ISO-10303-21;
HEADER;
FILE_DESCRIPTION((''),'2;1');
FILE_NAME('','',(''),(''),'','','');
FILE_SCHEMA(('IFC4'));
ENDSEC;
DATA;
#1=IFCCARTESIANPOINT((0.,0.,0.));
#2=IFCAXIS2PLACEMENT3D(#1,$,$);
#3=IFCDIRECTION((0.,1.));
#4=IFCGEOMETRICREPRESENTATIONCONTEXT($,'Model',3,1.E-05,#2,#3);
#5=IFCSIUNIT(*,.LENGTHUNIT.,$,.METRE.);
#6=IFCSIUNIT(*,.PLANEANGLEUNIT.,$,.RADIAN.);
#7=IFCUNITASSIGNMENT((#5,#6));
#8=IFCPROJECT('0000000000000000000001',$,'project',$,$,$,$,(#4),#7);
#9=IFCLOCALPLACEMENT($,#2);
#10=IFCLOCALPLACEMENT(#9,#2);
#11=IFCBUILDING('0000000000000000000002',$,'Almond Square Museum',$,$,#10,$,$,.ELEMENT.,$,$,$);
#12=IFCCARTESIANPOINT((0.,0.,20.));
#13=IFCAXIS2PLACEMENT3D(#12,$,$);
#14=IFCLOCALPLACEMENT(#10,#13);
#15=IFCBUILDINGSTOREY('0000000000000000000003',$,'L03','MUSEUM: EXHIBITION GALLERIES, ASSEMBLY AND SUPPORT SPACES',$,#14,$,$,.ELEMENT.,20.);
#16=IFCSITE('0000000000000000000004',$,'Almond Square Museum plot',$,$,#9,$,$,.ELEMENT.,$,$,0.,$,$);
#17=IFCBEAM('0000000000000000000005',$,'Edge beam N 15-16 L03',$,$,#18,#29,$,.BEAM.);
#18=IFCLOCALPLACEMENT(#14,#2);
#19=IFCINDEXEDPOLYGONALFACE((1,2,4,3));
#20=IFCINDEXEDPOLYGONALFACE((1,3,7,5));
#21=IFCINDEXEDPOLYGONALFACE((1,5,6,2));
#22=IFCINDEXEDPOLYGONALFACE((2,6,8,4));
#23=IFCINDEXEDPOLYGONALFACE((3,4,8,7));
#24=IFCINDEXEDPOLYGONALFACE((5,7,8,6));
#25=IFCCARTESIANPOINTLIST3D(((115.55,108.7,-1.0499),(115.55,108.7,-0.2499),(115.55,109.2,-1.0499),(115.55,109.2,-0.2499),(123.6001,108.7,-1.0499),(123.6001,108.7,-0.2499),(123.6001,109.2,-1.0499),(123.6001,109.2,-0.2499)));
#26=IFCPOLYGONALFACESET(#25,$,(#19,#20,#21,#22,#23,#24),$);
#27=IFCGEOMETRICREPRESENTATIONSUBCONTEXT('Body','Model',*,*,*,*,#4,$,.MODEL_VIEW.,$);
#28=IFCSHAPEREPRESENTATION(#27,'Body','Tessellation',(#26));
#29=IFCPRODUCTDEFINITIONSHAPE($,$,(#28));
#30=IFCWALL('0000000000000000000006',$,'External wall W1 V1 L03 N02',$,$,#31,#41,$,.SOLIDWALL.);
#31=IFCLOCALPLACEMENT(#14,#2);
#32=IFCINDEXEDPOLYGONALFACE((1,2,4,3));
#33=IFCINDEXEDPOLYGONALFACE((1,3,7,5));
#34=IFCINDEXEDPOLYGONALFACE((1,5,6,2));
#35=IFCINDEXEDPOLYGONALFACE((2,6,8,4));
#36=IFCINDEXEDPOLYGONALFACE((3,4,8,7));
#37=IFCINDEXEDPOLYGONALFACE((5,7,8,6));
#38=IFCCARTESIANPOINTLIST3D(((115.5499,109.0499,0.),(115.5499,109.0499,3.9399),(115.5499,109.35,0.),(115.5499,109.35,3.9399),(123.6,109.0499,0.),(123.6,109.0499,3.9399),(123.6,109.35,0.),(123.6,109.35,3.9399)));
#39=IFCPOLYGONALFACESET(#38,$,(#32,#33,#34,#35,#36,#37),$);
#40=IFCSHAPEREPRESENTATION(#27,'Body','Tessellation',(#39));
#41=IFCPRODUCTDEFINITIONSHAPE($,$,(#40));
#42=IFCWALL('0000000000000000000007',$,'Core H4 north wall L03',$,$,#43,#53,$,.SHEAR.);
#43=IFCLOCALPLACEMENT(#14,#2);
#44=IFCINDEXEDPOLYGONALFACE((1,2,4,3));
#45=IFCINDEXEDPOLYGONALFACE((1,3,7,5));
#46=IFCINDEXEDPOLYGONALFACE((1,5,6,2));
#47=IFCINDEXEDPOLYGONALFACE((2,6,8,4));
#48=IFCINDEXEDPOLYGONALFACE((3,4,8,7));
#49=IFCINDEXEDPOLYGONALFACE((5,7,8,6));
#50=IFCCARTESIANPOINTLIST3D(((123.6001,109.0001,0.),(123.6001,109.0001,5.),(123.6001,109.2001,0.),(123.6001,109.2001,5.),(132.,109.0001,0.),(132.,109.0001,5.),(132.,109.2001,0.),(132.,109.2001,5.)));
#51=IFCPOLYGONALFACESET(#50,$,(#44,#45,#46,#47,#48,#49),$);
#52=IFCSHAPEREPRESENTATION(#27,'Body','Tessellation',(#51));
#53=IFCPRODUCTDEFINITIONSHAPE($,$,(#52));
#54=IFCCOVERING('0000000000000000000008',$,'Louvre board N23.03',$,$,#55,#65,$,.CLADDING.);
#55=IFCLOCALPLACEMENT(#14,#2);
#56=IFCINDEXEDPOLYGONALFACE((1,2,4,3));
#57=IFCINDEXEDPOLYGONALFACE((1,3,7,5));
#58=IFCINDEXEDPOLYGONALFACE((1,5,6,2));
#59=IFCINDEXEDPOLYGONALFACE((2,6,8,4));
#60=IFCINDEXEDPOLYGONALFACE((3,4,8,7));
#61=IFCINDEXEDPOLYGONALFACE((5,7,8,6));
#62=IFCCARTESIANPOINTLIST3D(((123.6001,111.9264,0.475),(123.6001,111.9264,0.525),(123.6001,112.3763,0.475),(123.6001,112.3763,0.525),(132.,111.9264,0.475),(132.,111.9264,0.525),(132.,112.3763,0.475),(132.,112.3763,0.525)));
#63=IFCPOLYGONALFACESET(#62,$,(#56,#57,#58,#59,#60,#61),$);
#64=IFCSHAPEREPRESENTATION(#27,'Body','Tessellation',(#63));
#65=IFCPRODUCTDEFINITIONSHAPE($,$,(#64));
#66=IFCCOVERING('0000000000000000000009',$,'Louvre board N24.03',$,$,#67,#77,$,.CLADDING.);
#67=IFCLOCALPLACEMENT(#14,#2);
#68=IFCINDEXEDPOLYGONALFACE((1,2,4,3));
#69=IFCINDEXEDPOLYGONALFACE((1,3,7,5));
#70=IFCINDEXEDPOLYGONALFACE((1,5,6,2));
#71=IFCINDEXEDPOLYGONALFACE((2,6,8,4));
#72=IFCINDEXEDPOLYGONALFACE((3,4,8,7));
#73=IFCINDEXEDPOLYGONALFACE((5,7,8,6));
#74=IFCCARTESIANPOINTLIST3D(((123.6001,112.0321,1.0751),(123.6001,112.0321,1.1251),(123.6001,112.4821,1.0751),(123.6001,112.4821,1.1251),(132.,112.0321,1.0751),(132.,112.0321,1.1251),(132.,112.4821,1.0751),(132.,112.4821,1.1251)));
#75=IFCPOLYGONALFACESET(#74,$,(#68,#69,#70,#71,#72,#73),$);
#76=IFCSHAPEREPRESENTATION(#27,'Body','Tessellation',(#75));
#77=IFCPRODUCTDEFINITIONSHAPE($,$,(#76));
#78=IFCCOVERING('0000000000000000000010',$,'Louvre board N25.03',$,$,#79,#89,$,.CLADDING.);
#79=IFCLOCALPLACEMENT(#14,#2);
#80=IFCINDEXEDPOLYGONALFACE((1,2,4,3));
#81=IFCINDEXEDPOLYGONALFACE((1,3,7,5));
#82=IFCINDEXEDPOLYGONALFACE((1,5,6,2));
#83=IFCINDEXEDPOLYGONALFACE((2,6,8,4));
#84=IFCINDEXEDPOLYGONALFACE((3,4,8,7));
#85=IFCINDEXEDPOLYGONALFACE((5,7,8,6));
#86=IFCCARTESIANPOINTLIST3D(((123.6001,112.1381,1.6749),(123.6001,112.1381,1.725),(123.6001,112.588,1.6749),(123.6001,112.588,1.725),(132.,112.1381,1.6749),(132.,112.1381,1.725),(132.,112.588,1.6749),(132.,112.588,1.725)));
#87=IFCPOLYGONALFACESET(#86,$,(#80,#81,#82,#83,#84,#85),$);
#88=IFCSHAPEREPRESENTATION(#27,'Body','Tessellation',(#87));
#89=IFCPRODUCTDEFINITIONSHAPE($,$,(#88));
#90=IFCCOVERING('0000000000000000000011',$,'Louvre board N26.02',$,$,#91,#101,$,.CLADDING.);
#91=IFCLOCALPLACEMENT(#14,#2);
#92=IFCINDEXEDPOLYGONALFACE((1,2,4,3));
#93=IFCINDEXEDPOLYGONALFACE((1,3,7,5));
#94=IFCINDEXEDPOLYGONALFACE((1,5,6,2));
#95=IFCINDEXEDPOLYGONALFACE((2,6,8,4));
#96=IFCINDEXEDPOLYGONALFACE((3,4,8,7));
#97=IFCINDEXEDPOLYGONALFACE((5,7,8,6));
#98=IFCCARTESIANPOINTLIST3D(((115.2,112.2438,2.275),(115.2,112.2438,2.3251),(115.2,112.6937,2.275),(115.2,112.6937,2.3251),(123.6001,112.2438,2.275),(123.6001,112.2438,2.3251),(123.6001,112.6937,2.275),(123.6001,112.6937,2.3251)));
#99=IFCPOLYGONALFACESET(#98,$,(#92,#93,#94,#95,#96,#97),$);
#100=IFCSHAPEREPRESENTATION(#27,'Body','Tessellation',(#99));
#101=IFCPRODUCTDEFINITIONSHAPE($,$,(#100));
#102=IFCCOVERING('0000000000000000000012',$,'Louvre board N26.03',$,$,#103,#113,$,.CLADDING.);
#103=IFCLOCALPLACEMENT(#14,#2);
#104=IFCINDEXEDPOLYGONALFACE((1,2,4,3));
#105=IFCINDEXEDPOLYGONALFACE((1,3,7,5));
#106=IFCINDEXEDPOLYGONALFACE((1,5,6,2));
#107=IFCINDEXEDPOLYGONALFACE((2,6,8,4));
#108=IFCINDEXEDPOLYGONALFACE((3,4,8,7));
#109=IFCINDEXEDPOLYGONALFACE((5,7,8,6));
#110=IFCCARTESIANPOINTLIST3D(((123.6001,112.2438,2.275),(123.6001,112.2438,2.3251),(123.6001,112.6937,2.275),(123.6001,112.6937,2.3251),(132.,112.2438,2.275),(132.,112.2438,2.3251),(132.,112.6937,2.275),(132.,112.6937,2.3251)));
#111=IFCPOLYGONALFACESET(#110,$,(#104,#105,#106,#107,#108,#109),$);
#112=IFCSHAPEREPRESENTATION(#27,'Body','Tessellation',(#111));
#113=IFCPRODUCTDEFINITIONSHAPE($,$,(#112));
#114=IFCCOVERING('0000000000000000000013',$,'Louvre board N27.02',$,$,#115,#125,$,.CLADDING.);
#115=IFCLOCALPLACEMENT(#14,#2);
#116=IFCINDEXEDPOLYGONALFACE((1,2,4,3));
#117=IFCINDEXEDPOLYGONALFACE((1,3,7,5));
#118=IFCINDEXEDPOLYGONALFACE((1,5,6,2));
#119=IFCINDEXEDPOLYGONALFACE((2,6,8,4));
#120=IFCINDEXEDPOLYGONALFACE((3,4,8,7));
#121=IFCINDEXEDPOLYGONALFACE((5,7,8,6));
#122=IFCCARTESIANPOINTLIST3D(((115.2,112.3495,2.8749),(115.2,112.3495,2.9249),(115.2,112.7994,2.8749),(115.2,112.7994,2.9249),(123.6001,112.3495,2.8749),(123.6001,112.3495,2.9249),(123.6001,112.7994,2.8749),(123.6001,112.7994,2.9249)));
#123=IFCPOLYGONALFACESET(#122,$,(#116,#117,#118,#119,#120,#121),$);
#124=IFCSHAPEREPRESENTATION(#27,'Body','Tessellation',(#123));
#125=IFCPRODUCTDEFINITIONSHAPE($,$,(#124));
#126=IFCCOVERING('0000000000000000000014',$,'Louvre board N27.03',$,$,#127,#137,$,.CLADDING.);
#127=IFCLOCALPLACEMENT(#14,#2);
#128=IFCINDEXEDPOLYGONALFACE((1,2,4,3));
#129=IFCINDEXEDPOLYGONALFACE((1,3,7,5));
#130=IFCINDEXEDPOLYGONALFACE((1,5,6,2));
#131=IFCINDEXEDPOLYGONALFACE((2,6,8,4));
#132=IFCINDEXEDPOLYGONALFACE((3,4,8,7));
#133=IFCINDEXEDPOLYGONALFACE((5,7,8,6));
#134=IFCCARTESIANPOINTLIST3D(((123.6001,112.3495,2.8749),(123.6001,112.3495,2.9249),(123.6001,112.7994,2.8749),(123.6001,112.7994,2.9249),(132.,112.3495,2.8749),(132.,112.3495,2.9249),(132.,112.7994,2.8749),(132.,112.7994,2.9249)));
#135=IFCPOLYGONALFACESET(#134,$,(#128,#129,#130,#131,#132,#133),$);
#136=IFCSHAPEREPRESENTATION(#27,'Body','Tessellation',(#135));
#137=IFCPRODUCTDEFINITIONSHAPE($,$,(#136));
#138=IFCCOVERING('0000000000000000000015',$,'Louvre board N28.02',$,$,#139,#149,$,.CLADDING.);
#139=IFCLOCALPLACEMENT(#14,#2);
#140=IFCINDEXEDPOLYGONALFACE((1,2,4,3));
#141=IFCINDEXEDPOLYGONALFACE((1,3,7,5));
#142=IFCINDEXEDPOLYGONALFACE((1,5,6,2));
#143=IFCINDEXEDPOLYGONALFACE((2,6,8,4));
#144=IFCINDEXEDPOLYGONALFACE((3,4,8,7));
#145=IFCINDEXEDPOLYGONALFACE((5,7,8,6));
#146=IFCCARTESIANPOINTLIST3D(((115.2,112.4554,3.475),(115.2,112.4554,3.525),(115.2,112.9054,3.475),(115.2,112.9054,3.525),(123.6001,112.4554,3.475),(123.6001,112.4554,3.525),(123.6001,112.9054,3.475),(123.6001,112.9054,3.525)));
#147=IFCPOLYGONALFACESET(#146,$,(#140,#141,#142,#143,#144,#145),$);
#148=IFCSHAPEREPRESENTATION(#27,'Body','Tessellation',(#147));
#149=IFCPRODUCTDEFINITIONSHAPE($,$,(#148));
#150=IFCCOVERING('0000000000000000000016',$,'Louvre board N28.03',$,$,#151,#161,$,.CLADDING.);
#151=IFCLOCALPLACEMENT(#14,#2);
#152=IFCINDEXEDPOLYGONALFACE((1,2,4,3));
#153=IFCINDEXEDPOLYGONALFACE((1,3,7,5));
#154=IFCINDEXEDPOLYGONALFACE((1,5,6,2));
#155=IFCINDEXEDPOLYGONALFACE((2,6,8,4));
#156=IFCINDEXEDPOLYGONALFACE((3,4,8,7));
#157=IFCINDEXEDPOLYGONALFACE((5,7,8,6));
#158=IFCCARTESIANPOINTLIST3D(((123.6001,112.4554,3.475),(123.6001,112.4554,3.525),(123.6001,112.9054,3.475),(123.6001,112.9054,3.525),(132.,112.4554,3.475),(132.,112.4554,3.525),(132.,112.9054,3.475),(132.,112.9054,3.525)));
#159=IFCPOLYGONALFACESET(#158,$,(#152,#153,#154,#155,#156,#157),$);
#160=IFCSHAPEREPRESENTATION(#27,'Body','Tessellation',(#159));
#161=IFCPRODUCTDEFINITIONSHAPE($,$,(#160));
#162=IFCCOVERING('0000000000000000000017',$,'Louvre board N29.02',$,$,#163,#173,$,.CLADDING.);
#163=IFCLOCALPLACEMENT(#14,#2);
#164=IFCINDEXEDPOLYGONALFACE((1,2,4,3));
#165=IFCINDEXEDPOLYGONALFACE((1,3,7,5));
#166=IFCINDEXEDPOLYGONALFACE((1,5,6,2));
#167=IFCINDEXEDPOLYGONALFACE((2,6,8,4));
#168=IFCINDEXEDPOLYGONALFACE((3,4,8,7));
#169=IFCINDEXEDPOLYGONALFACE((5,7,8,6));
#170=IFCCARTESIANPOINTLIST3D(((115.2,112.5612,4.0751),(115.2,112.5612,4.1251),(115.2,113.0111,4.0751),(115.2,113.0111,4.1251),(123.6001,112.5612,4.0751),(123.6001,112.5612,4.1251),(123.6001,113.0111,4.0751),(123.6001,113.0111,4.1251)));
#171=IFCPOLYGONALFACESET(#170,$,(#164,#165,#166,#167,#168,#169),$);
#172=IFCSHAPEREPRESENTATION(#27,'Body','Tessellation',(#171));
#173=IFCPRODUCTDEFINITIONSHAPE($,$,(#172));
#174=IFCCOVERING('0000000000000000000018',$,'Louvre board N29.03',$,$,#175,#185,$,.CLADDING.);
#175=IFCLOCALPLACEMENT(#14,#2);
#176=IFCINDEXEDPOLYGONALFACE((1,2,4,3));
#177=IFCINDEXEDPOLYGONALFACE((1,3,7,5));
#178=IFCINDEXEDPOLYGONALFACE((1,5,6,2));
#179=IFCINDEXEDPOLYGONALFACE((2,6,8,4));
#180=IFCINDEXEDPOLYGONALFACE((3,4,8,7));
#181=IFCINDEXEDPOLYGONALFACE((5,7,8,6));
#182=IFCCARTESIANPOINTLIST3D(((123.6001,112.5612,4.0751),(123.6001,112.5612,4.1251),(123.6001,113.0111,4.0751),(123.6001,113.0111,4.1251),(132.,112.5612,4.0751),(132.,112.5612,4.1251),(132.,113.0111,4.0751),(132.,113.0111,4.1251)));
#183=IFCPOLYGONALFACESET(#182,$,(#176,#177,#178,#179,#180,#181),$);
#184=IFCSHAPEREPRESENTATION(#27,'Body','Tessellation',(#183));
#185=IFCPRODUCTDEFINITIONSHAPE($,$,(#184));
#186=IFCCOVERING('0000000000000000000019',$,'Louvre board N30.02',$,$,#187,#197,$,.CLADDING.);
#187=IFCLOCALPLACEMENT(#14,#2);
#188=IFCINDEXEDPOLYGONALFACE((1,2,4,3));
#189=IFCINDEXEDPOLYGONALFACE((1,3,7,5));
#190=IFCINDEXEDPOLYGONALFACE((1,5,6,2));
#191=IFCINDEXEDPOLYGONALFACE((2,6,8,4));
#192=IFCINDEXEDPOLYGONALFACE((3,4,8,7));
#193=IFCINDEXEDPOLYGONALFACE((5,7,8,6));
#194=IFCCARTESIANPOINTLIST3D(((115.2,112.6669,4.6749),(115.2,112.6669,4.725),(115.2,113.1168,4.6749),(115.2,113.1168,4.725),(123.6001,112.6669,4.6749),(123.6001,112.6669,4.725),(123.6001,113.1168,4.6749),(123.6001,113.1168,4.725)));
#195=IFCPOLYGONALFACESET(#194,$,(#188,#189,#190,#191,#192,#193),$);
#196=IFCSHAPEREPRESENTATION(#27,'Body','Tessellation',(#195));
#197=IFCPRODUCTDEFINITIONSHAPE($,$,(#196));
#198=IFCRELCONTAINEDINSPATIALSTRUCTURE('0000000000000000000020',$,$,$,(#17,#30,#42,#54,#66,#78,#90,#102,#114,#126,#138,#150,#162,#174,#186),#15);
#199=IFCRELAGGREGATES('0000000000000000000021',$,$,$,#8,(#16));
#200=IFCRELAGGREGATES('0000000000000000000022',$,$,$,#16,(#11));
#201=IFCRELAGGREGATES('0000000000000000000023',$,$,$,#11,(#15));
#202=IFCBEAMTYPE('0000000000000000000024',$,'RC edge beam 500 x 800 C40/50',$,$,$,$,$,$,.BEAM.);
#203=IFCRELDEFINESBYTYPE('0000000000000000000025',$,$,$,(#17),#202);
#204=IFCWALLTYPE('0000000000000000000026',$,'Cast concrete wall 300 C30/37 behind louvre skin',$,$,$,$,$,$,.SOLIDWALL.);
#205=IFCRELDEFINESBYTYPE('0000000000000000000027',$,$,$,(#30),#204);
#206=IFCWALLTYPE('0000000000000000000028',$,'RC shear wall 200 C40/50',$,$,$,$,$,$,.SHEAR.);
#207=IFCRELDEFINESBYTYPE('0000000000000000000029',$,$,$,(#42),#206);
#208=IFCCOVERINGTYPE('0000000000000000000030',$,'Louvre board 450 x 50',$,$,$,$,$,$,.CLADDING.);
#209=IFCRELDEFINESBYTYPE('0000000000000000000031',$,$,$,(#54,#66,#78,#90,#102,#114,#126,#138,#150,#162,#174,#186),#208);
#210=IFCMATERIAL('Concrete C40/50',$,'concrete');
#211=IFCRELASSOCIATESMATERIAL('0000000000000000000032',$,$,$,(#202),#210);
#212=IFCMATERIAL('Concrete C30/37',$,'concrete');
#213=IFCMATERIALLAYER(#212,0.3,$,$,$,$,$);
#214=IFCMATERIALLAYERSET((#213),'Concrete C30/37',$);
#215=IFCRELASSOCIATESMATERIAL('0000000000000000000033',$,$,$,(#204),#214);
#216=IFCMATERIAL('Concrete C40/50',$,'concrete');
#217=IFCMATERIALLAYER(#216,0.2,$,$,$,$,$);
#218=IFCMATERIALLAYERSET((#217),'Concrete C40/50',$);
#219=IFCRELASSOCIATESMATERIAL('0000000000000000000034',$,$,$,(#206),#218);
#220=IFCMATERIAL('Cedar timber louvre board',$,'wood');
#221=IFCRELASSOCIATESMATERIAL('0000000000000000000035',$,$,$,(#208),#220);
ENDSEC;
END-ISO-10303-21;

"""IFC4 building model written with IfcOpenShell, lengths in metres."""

from ifc_helpers import new_model, si_unit, direction, frame, frame_2d, origin, origin_2d, place, context, subcontext, project, spatial, rectangle, extrude, material, layer, layer_set, material_profile, profile_set, type_object, element, save


model = new_model("IFC4")

# Units and contexts
model_context = context("Model", 3, precision=1e-05, world=origin(), true_north=direction((0.0, 1.0)))
body_context = subcontext(model_context, "Body", "Model", "MODEL_VIEW")
ifc_project = project(units=[si_unit("LENGTHUNIT", "METRE"), si_unit("PLANEANGLEUNIT", "RADIAN")], contexts=[model_context])

# Site, building, storey
site_placement = place(None, origin())
site = spatial("IfcSite", under=ifc_project, at=site_placement, Name="Almond Square Museum plot", CompositionType="ELEMENT", RefElevation=0.0)
building_placement = place(site_placement, origin())
building = spatial("IfcBuilding", under=site, at=building_placement, Name="Almond Square Museum", CompositionType="ELEMENT")
storey_placement = place(building_placement, frame((0.0, 0.0, 20.0)))
storey = spatial("IfcBuildingStorey", under=building, at=storey_placement, Name="L03", Description="MUSEUM: EXHIBITION GALLERIES, ASSEMBLY AND SUPPORT SPACES", CompositionType="ELEMENT", Elevation=20.0)

# Beam
ifc_material_1 = material(Name="Concrete C40/50", Category="concrete")
ifc_material_profile_1 = material_profile(ifc_material_1, rectangle(XDim=0.5, YDim=0.8, at=origin_2d()))
ifc_profile_set_1 = profile_set([ifc_material_profile_1], Name="Concrete C40/50")
beam_type = type_object("IfcBeamType", Name="RC edge beam 500 x 800 C40/50", PredefinedType="BEAM", material=ifc_profile_set_1)
beam_placement = place(storey_placement, frame((115.55, 108.95, -0.6499), z_axis=(1.0, 0.0, 0.0), x_axis=(0.0, 1.0, 0.0)))
element("IfcBeam", 1, at=beam_placement, inside=storey, type_object=beam_type, Name="Edge beam N 15-16 L03", PredefinedType="BEAM", context=body_context, shape_type="SweptSolid", body=[
    extrude(rectangle(XDim=0.5, YDim=0.8, at=origin_2d()), origin(), (0.0, 0.0, 1.0), 8.05),
])

# Walls
ifc_material_2 = material(Name="Concrete C30/37", Category="concrete")
ifc_layer_1 = layer(ifc_material_2, 0.3)
ifc_layer_set_1 = layer_set([ifc_layer_1], Name="Concrete C30/37")
wall_type_1 = type_object("IfcWallType", Name="Cast concrete wall 300 C30/37 behind louvre skin", PredefinedType="SOLIDWALL", material=ifc_layer_set_1)
wall_1_placement = place(storey_placement, frame((115.55, 109.2, 0.0), z_axis=(0.0, 0.0, 1.0), x_axis=(1.0, 0.0, 0.0)))
element("IfcWall", 2, at=wall_1_placement, inside=storey, type_object=wall_type_1, Name="External wall W1 V1 L03 N02", PredefinedType="SOLIDWALL", context=body_context, shape_type="SweptSolid", body=[
    extrude(rectangle(XDim=8.05, YDim=0.3, at=frame_2d((4.0249, 0.0))), origin(), (0.0, 0.0, 1.0), 3.9399),
])
ifc_material_3 = material(Name="Concrete C40/50", Category="concrete")
ifc_layer_2 = layer(ifc_material_3, 0.2)
ifc_layer_set_2 = layer_set([ifc_layer_2], Name="Concrete C40/50")
wall_type_2 = type_object("IfcWallType", Name="RC shear wall 200 C40/50", PredefinedType="SHEAR", material=ifc_layer_set_2)
wall_2_placement = place(storey_placement, frame((123.6001, 109.1001, 0.0), z_axis=(0.0, 0.0, 1.0), x_axis=(1.0, 0.0, 0.0)))
element("IfcWall", 3, at=wall_2_placement, inside=storey, type_object=wall_type_2, Name="Core H4 north wall L03", PredefinedType="SHEAR", context=body_context, shape_type="SweptSolid", body=[
    extrude(rectangle(XDim=8.3999, YDim=0.2, at=frame_2d((4.2, 0.0))), origin(), (0.0, 0.0, 1.0), 5.0),
])

# Coverings
ifc_material_4 = material(Name="Cedar timber louvre board", Category="wood")
ifc_material_profile_2 = material_profile(ifc_material_4, rectangle(XDim=0.45, YDim=0.05, at=origin_2d()))
ifc_profile_set_2 = profile_set([ifc_material_profile_2], Name="Cedar timber louvre board")
covering_type_1 = type_object("IfcCoveringType", Name="Louvre board 450 x 50", PredefinedType="CLADDING", material=ifc_profile_set_2)
for number, where, z_axis, x_axis, name in (
    (4, (123.6001, 112.1514, 0.5), (1.0, 0.0, 0.0), (0.0, 1.0, 0.0), "Louvre board N23.03"),
    (5, (123.6001, 112.2571, 1.1001), (1.0, 0.0, 0.0), (0.0, 1.0, 0.0), "Louvre board N24.03"),
    (6, (123.6001, 112.363, 1.7), (1.0, 0.0, 0.0), (0.0, 1.0, 0.0), "Louvre board N25.03"),
):
    element("IfcCovering", number, at=place(storey_placement, frame(where, z_axis=z_axis, x_axis=x_axis)), inside=storey, type_object=covering_type_1, Name=name, PredefinedType="CLADDING", context=body_context, shape_type="SweptSolid", body=[
        extrude(rectangle(XDim=0.45, YDim=0.05, at=origin_2d()), origin(), (0.0, 0.0, 1.0), 8.3999),
    ])
covering_1_placement = place(storey_placement, frame((115.2, 112.4688, 2.3), z_axis=(1.0, 0.0, 0.0), x_axis=(0.0, 1.0, 0.0)))
element("IfcCovering", 7, at=covering_1_placement, inside=storey, type_object=covering_type_1, Name="Louvre board N26.02", PredefinedType="CLADDING", context=body_context, shape_type="SweptSolid", body=[
    extrude(rectangle(XDim=0.45, YDim=0.05, at=origin_2d()), origin(), (0.0, 0.0, 1.0), 8.4001),
])
covering_2_placement = place(storey_placement, frame((123.6001, 112.4688, 2.3), z_axis=(1.0, 0.0, 0.0), x_axis=(0.0, 1.0, 0.0)))
element("IfcCovering", 8, at=covering_2_placement, inside=storey, type_object=covering_type_1, Name="Louvre board N26.03", PredefinedType="CLADDING", context=body_context, shape_type="SweptSolid", body=[
    extrude(rectangle(XDim=0.45, YDim=0.05, at=origin_2d()), origin(), (0.0, 0.0, 1.0), 8.3999),
])
covering_3_placement = place(storey_placement, frame((115.2, 112.5745, 2.8999), z_axis=(1.0, 0.0, 0.0), x_axis=(0.0, 1.0, 0.0)))
element("IfcCovering", 9, at=covering_3_placement, inside=storey, type_object=covering_type_1, Name="Louvre board N27.02", PredefinedType="CLADDING", context=body_context, shape_type="SweptSolid", body=[
    extrude(rectangle(XDim=0.45, YDim=0.05, at=origin_2d()), origin(), (0.0, 0.0, 1.0), 8.4001),
])
covering_4_placement = place(storey_placement, frame((123.6001, 112.5745, 2.8999), z_axis=(1.0, 0.0, 0.0), x_axis=(0.0, 1.0, 0.0)))
element("IfcCovering", 10, at=covering_4_placement, inside=storey, type_object=covering_type_1, Name="Louvre board N27.03", PredefinedType="CLADDING", context=body_context, shape_type="SweptSolid", body=[
    extrude(rectangle(XDim=0.45, YDim=0.05, at=origin_2d()), origin(), (0.0, 0.0, 1.0), 8.3999),
])
covering_5_placement = place(storey_placement, frame((115.2, 112.6804, 3.5), z_axis=(1.0, 0.0, 0.0), x_axis=(0.0, 1.0, 0.0)))
element("IfcCovering", 11, at=covering_5_placement, inside=storey, type_object=covering_type_1, Name="Louvre board N28.02", PredefinedType="CLADDING", context=body_context, shape_type="SweptSolid", body=[
    extrude(rectangle(XDim=0.45, YDim=0.05, at=origin_2d()), origin(), (0.0, 0.0, 1.0), 8.4001),
])
covering_6_placement = place(storey_placement, frame((123.6001, 112.6804, 3.5), z_axis=(1.0, 0.0, 0.0), x_axis=(0.0, 1.0, 0.0)))
element("IfcCovering", 12, at=covering_6_placement, inside=storey, type_object=covering_type_1, Name="Louvre board N28.03", PredefinedType="CLADDING", context=body_context, shape_type="SweptSolid", body=[
    extrude(rectangle(XDim=0.45, YDim=0.05, at=origin_2d()), origin(), (0.0, 0.0, 1.0), 8.3999),
])
covering_7_placement = place(storey_placement, frame((115.2, 112.7861, 4.1001), z_axis=(1.0, 0.0, 0.0), x_axis=(0.0, 1.0, 0.0)))
element("IfcCovering", 13, at=covering_7_placement, inside=storey, type_object=covering_type_1, Name="Louvre board N29.02", PredefinedType="CLADDING", context=body_context, shape_type="SweptSolid", body=[
    extrude(rectangle(XDim=0.45, YDim=0.05, at=origin_2d()), origin(), (0.0, 0.0, 1.0), 8.4001),
])
covering_8_placement = place(storey_placement, frame((123.6001, 112.7861, 4.1001), z_axis=(1.0, 0.0, 0.0), x_axis=(0.0, 1.0, 0.0)))
element("IfcCovering", 14, at=covering_8_placement, inside=storey, type_object=covering_type_1, Name="Louvre board N29.03", PredefinedType="CLADDING", context=body_context, shape_type="SweptSolid", body=[
    extrude(rectangle(XDim=0.45, YDim=0.05, at=origin_2d()), origin(), (0.0, 0.0, 1.0), 8.3999),
])
covering_9_placement = place(storey_placement, frame((115.2, 112.8918, 4.7), z_axis=(1.0, 0.0, 0.0), x_axis=(0.0, 1.0, 0.0)))
element("IfcCovering", 15, at=covering_9_placement, inside=storey, type_object=covering_type_1, Name="Louvre board N30.02", PredefinedType="CLADDING", context=body_context, shape_type="SweptSolid", body=[
    extrude(rectangle(XDim=0.45, YDim=0.05, at=origin_2d()), origin(), (0.0, 0.0, 1.0), 8.4001),
])

save(model, "model.ifc")
